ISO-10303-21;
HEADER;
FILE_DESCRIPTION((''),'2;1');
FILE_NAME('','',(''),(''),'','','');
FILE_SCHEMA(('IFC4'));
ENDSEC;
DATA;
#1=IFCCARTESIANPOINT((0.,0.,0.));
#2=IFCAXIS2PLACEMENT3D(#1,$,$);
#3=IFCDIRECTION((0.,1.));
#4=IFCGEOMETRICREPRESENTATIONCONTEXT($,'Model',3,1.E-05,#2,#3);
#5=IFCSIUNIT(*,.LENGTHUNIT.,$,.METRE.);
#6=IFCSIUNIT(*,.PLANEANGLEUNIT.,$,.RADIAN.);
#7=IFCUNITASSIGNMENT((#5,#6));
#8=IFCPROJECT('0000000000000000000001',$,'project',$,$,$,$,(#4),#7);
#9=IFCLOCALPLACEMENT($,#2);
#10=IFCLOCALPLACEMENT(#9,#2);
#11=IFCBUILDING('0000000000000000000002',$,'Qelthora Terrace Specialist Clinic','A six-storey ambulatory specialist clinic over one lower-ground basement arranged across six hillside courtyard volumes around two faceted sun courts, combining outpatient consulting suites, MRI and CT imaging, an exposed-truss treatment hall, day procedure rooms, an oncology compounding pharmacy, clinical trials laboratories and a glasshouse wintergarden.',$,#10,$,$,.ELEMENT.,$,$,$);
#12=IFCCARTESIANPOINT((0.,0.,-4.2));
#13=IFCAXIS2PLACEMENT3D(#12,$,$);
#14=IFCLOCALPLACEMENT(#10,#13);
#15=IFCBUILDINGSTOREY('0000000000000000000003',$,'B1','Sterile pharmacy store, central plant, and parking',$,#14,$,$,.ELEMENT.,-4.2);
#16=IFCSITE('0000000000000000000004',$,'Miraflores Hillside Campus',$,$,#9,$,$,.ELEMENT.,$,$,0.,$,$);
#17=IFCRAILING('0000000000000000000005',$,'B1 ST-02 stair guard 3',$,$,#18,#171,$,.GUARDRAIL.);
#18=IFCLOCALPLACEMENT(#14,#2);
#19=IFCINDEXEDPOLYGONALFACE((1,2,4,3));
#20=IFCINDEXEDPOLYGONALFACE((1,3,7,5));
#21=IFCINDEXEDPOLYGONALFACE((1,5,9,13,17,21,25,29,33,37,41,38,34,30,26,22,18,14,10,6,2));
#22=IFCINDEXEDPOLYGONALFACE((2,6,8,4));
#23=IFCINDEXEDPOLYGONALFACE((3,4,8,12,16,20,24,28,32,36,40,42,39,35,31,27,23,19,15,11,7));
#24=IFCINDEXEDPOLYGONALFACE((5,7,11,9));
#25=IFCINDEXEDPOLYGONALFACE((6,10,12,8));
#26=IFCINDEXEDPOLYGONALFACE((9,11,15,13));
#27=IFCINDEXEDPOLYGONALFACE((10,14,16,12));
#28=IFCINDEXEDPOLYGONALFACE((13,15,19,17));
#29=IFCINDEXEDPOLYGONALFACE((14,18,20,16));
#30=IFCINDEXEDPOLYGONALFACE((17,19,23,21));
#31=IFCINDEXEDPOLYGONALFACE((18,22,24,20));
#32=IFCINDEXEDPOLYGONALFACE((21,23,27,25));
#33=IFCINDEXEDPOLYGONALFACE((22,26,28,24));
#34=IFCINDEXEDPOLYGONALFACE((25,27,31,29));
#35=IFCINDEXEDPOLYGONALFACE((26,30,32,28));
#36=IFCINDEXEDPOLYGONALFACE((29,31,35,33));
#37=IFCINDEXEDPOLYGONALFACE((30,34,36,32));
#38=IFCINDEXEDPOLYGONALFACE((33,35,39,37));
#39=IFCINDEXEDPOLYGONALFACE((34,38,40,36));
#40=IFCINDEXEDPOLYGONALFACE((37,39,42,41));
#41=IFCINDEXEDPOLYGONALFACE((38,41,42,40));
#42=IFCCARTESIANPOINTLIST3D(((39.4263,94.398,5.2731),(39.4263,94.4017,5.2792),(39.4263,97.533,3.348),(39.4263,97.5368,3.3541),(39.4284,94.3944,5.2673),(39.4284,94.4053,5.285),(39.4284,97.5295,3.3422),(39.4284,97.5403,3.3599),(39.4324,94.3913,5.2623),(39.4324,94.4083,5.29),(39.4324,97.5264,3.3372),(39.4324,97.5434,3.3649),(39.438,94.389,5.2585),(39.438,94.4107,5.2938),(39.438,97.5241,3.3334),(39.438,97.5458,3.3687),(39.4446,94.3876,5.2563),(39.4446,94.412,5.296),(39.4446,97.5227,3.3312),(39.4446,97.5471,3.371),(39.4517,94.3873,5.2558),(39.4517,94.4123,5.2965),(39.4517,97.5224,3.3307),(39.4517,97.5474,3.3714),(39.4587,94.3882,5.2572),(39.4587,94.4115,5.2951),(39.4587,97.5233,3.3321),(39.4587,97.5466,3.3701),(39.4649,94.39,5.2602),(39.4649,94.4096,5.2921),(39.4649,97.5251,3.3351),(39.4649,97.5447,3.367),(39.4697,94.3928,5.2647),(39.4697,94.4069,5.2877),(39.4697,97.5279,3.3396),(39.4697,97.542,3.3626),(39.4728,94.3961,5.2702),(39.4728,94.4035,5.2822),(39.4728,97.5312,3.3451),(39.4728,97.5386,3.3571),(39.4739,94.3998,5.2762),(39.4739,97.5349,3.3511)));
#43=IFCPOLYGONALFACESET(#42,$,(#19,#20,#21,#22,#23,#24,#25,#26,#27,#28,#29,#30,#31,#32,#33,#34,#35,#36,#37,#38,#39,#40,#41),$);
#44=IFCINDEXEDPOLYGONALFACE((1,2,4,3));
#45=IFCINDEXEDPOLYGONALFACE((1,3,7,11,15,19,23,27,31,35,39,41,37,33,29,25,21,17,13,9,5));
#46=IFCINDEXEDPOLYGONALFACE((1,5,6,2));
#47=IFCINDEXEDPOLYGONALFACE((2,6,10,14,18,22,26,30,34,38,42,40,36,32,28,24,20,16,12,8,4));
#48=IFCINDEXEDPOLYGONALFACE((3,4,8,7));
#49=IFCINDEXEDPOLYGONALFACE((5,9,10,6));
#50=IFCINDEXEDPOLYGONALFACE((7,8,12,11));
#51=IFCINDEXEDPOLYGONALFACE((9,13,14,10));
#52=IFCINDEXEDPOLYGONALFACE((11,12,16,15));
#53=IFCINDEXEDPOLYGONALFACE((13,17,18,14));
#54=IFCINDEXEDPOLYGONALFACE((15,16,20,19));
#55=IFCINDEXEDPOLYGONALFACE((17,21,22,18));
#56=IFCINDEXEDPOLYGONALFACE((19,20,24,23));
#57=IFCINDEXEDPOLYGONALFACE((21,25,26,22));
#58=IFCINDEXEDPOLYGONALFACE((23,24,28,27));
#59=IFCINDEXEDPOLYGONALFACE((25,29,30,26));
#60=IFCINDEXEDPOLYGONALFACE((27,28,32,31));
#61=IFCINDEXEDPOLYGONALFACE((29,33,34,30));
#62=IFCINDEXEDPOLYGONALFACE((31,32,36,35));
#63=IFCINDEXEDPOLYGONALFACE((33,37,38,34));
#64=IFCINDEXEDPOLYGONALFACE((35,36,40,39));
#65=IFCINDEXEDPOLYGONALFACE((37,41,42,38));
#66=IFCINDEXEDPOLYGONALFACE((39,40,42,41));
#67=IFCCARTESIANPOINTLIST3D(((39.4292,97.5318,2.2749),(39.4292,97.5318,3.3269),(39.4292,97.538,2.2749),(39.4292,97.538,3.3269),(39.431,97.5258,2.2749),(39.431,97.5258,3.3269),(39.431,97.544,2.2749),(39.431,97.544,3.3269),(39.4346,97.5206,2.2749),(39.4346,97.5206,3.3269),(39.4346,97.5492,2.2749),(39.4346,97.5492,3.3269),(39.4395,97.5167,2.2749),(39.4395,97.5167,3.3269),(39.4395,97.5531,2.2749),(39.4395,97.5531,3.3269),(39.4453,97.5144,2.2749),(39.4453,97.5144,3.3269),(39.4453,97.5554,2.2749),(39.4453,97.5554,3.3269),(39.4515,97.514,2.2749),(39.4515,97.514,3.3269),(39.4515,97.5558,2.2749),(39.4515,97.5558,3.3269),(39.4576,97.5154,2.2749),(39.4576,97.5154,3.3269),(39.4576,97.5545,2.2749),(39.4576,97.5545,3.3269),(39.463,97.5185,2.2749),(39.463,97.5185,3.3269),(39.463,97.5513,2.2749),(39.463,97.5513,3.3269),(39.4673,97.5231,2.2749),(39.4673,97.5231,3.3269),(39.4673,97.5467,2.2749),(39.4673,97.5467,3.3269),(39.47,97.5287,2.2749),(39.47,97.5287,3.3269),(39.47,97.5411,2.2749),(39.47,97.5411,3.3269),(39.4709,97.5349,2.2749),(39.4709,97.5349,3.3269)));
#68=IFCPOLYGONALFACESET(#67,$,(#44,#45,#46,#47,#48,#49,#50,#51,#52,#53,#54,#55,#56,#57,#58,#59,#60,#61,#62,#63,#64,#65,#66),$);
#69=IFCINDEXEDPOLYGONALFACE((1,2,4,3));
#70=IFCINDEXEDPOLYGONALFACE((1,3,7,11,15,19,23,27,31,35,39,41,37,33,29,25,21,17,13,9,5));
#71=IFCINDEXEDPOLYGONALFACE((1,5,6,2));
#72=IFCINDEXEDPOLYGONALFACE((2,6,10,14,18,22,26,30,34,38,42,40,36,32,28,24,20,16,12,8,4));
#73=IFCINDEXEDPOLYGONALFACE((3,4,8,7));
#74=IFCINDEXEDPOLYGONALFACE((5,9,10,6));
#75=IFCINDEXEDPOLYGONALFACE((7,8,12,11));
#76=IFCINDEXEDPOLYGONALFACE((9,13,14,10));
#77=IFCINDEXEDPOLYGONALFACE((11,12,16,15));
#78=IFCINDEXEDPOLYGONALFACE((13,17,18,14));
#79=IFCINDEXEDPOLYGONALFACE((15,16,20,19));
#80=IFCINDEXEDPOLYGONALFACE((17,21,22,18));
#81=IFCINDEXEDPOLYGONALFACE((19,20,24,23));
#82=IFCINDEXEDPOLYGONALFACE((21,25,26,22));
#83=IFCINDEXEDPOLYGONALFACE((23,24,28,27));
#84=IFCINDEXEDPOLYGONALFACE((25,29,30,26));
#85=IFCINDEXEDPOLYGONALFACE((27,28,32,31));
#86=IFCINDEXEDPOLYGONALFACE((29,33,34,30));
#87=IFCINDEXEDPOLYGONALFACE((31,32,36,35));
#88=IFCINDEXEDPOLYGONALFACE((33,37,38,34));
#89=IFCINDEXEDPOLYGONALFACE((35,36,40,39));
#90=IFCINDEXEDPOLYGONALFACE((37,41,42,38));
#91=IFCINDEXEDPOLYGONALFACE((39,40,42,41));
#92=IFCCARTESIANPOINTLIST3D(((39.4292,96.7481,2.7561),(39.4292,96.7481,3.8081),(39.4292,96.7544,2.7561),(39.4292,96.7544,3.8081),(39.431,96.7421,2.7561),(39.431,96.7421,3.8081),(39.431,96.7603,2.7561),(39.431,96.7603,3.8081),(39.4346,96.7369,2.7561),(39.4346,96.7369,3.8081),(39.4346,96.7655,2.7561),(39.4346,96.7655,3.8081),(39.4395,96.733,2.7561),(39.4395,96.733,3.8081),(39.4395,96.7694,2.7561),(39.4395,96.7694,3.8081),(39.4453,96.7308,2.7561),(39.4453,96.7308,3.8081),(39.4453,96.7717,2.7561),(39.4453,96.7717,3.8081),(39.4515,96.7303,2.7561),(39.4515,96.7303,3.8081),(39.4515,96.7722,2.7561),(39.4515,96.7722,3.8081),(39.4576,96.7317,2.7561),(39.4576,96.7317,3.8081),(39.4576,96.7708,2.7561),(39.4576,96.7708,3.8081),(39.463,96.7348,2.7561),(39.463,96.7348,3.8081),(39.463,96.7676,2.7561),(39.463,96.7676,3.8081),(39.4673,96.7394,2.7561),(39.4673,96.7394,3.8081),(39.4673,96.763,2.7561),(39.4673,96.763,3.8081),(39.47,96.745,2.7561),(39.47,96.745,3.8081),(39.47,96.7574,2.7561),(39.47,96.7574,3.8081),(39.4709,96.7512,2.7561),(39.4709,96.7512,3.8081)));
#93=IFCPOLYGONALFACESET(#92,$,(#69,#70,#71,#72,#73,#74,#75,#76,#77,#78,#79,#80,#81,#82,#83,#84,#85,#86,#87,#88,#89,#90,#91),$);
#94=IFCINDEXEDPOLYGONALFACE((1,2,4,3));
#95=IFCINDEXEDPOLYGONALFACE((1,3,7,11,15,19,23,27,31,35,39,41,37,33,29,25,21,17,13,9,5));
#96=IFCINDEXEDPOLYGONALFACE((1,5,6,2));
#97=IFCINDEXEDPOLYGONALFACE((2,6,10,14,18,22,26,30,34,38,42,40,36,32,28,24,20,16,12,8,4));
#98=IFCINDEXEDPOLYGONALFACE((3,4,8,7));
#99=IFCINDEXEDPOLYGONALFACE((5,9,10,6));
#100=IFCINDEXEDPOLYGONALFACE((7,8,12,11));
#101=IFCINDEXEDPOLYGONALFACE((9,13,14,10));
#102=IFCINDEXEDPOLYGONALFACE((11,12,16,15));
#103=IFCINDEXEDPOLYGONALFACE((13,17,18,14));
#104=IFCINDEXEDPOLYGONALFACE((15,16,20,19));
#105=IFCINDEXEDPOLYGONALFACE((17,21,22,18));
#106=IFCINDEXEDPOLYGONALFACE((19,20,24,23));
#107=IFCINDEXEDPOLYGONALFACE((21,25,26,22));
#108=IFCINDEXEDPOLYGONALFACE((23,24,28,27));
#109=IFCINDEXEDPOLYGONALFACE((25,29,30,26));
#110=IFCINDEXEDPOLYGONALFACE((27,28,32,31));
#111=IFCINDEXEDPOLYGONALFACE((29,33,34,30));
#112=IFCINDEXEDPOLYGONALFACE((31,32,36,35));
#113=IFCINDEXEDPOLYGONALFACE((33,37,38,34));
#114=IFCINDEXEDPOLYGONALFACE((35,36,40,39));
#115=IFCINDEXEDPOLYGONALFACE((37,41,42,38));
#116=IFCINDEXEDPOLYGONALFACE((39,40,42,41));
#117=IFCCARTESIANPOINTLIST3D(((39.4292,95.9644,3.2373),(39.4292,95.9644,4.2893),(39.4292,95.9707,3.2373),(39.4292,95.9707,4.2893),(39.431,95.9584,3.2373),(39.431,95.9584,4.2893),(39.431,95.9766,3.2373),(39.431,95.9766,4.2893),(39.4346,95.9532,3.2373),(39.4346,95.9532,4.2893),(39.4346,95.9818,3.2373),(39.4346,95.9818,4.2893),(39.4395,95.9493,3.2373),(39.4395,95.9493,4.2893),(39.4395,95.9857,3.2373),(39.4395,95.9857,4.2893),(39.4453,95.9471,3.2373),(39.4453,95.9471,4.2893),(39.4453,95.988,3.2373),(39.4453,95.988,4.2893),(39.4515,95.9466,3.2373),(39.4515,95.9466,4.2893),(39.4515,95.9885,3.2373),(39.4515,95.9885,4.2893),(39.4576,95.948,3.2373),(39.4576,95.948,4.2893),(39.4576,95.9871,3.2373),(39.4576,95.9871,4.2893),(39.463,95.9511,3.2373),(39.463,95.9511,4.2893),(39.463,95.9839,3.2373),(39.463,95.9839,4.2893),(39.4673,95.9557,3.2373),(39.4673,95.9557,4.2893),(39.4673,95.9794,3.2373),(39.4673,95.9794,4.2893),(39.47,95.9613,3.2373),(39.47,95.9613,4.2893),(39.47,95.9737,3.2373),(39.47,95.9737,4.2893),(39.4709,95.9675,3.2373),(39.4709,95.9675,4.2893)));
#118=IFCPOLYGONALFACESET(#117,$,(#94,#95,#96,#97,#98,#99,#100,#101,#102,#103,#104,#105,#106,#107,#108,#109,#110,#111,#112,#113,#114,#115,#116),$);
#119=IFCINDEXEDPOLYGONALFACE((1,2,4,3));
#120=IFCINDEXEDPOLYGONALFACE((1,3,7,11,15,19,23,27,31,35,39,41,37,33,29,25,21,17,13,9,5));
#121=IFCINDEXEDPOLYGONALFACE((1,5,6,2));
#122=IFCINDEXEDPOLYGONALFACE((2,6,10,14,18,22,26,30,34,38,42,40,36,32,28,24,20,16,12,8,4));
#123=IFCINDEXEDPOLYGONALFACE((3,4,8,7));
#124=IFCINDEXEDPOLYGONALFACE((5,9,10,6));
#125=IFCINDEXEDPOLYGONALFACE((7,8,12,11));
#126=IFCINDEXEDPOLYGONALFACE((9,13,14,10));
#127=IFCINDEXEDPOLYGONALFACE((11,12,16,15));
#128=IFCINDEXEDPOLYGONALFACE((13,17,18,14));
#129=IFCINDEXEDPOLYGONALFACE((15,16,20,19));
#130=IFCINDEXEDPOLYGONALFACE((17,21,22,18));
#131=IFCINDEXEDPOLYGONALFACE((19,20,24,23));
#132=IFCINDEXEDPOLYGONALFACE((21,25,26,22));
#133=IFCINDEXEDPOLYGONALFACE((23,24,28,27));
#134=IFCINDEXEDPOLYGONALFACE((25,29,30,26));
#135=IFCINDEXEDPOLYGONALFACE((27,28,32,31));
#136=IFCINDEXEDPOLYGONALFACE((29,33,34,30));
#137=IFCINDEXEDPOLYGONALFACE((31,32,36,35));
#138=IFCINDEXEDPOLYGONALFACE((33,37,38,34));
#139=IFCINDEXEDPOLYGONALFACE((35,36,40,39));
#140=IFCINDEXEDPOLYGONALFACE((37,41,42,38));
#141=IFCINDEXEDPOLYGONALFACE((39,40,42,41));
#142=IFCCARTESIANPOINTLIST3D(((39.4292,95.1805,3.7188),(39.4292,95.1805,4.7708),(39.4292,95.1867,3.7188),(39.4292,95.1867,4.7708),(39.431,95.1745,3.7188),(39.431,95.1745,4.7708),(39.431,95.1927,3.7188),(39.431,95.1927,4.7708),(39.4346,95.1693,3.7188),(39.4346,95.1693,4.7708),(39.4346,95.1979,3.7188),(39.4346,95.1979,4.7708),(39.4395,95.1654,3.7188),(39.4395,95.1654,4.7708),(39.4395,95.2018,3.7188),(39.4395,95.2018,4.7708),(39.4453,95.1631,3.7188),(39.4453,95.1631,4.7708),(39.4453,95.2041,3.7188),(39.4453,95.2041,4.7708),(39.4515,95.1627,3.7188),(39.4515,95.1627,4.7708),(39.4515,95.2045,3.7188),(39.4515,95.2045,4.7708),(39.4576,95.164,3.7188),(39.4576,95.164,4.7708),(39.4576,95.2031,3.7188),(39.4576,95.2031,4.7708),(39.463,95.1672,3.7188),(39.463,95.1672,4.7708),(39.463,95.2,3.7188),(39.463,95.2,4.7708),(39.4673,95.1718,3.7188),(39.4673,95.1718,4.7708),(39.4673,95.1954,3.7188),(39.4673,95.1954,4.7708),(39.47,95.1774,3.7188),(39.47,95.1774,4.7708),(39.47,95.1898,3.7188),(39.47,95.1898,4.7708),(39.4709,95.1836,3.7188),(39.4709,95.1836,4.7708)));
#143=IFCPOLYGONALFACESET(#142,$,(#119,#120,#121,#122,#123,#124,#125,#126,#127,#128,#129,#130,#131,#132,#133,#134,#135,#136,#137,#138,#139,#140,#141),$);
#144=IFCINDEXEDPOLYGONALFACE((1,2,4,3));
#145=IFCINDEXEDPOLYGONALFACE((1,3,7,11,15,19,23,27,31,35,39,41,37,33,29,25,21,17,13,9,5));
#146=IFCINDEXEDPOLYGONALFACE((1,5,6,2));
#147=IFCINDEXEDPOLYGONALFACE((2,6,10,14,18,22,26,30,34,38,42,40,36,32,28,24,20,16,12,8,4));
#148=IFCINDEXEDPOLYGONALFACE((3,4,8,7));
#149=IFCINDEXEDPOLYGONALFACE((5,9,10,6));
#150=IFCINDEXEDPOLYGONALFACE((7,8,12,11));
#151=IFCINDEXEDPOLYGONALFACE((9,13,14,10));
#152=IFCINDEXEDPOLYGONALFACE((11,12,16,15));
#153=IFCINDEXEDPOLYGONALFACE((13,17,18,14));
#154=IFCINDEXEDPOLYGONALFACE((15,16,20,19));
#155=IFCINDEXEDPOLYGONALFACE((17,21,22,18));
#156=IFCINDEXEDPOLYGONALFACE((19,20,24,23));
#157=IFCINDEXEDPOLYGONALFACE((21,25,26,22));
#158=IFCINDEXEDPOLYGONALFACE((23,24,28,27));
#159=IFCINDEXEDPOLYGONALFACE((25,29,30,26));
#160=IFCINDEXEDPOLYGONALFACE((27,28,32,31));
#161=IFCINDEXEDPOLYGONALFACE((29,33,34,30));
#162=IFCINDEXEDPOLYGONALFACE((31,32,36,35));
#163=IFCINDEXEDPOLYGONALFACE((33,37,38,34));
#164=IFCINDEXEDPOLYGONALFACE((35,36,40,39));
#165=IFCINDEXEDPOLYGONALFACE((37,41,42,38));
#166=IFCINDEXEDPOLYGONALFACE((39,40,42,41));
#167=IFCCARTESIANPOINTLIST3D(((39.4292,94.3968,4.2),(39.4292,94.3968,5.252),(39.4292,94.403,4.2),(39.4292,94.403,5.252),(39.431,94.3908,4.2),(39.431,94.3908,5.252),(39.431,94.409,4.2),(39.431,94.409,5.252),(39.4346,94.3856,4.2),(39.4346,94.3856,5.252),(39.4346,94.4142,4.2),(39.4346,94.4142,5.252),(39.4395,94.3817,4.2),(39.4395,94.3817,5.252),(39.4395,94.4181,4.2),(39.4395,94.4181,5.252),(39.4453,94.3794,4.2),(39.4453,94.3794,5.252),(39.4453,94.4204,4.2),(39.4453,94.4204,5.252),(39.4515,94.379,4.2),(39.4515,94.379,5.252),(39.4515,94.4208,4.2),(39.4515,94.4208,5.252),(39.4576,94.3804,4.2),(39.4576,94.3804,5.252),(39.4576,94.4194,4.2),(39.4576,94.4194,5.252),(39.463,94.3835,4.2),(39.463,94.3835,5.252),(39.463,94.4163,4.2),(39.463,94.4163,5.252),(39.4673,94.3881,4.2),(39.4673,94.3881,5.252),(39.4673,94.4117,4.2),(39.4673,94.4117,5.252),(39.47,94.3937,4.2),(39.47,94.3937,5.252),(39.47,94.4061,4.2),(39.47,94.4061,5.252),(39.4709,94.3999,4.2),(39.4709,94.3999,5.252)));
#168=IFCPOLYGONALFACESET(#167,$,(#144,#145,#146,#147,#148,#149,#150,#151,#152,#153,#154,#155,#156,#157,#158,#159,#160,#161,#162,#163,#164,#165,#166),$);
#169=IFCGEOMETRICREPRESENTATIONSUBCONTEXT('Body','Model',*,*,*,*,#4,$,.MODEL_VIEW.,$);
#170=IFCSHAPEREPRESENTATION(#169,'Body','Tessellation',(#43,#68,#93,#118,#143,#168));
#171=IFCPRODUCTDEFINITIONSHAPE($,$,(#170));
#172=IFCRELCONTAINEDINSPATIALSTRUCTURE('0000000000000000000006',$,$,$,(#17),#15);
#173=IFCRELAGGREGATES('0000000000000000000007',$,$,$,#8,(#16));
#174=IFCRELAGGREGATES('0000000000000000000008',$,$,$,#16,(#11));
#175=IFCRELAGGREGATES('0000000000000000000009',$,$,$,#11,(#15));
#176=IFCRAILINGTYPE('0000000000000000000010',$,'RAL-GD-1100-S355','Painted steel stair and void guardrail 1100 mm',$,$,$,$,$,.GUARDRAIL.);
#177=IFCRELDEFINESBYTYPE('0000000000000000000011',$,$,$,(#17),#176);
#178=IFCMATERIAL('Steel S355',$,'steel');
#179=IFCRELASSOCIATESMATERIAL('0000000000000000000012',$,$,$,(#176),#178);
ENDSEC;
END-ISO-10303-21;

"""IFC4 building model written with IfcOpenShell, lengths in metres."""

from ifc_helpers import new_model, si_unit, direction, frame, origin, origin_2d, place, context, subcontext, project, spatial, circle, extrude, material, type_object, element, save


model = new_model("IFC4")

# Units and contexts
model_context = context("Model", 3, precision=1e-05, world=origin(), true_north=direction((0.0, 1.0)))
body_context = subcontext(model_context, "Body", "Model", "MODEL_VIEW")
ifc_project = project(units=[si_unit("LENGTHUNIT", "METRE"), si_unit("PLANEANGLEUNIT", "RADIAN")], contexts=[model_context])

# Site, building, storey
site_placement = place(None, origin())
site = spatial("IfcSite", under=ifc_project, at=site_placement, Name="Miraflores Hillside Campus", CompositionType="ELEMENT", RefElevation=0.0)
building_placement = place(site_placement, origin())
building = spatial("IfcBuilding", under=site, at=building_placement, Name="Qelthora Terrace Specialist Clinic", Description="A six-storey ambulatory specialist clinic over one lower-ground basement arranged across six hillside courtyard volumes around two faceted sun courts, combining outpatient consulting suites, MRI and CT imaging, an exposed-truss treatment hall, day procedure rooms, an oncology compounding pharmacy, clinical trials laboratories and a glasshouse wintergarden.", CompositionType="ELEMENT")
storey_placement = place(building_placement, frame((0.0, 0.0, -4.2)))
storey = spatial("IfcBuildingStorey", under=building, at=storey_placement, Name="B1", Description="Sterile pharmacy store, central plant, and parking", CompositionType="ELEMENT", Elevation=-4.2)

# Shared definitions
ifc_material_1 = material(Name="Steel S355", Category="steel")

# Railing
railing_type_1 = type_object("IfcRailingType", Name="RAL-GD-1100-S355", Description="Painted steel stair and void guardrail 1100 mm", PredefinedType="GUARDRAIL", material=ifc_material_1)
railing_1_placement = place(storey_placement, frame((39.45, 97.5349, 2.2749)))
element("IfcRailing", 1, at=railing_1_placement, inside=storey, type_object=railing_type_1, Name="B1 ST-02 stair guard 3", PredefinedType="GUARDRAIL", context=body_context, shape_type="SweptSolid", body=[
    extrude(circle(Radius=0.0239, at=origin_2d()), frame((0.0, 0.0, 1.0762), z_axis=(0.0, -0.852166, 0.523271), x_axis=(1.0, 0.0, 0.0)), (0.0, 0.0, 1.0), 3.679),
    extrude(circle(Radius=0.021, at=origin_2d()), origin(), (0.0, 0.0, 1.0), 1.052),
    extrude(circle(Radius=0.021, at=origin_2d()), frame((0.0, -0.7837, 0.4812)), (0.0, 0.0, 1.0), 1.052),
    extrude(circle(Radius=0.021, at=origin_2d()), frame((0.0, -1.5674, 0.9624)), (0.0, 0.0, 1.0), 1.052),
    extrude(circle(Radius=0.021, at=origin_2d()), frame((0.0, -2.3513, 1.4438)), (0.0, 0.0, 1.0), 1.052),
    extrude(circle(Radius=0.021, at=origin_2d()), frame((0.0, -3.135, 1.925)), (0.0, 0.0, 1.0), 1.052),
])

save(model, "model.ifc")
